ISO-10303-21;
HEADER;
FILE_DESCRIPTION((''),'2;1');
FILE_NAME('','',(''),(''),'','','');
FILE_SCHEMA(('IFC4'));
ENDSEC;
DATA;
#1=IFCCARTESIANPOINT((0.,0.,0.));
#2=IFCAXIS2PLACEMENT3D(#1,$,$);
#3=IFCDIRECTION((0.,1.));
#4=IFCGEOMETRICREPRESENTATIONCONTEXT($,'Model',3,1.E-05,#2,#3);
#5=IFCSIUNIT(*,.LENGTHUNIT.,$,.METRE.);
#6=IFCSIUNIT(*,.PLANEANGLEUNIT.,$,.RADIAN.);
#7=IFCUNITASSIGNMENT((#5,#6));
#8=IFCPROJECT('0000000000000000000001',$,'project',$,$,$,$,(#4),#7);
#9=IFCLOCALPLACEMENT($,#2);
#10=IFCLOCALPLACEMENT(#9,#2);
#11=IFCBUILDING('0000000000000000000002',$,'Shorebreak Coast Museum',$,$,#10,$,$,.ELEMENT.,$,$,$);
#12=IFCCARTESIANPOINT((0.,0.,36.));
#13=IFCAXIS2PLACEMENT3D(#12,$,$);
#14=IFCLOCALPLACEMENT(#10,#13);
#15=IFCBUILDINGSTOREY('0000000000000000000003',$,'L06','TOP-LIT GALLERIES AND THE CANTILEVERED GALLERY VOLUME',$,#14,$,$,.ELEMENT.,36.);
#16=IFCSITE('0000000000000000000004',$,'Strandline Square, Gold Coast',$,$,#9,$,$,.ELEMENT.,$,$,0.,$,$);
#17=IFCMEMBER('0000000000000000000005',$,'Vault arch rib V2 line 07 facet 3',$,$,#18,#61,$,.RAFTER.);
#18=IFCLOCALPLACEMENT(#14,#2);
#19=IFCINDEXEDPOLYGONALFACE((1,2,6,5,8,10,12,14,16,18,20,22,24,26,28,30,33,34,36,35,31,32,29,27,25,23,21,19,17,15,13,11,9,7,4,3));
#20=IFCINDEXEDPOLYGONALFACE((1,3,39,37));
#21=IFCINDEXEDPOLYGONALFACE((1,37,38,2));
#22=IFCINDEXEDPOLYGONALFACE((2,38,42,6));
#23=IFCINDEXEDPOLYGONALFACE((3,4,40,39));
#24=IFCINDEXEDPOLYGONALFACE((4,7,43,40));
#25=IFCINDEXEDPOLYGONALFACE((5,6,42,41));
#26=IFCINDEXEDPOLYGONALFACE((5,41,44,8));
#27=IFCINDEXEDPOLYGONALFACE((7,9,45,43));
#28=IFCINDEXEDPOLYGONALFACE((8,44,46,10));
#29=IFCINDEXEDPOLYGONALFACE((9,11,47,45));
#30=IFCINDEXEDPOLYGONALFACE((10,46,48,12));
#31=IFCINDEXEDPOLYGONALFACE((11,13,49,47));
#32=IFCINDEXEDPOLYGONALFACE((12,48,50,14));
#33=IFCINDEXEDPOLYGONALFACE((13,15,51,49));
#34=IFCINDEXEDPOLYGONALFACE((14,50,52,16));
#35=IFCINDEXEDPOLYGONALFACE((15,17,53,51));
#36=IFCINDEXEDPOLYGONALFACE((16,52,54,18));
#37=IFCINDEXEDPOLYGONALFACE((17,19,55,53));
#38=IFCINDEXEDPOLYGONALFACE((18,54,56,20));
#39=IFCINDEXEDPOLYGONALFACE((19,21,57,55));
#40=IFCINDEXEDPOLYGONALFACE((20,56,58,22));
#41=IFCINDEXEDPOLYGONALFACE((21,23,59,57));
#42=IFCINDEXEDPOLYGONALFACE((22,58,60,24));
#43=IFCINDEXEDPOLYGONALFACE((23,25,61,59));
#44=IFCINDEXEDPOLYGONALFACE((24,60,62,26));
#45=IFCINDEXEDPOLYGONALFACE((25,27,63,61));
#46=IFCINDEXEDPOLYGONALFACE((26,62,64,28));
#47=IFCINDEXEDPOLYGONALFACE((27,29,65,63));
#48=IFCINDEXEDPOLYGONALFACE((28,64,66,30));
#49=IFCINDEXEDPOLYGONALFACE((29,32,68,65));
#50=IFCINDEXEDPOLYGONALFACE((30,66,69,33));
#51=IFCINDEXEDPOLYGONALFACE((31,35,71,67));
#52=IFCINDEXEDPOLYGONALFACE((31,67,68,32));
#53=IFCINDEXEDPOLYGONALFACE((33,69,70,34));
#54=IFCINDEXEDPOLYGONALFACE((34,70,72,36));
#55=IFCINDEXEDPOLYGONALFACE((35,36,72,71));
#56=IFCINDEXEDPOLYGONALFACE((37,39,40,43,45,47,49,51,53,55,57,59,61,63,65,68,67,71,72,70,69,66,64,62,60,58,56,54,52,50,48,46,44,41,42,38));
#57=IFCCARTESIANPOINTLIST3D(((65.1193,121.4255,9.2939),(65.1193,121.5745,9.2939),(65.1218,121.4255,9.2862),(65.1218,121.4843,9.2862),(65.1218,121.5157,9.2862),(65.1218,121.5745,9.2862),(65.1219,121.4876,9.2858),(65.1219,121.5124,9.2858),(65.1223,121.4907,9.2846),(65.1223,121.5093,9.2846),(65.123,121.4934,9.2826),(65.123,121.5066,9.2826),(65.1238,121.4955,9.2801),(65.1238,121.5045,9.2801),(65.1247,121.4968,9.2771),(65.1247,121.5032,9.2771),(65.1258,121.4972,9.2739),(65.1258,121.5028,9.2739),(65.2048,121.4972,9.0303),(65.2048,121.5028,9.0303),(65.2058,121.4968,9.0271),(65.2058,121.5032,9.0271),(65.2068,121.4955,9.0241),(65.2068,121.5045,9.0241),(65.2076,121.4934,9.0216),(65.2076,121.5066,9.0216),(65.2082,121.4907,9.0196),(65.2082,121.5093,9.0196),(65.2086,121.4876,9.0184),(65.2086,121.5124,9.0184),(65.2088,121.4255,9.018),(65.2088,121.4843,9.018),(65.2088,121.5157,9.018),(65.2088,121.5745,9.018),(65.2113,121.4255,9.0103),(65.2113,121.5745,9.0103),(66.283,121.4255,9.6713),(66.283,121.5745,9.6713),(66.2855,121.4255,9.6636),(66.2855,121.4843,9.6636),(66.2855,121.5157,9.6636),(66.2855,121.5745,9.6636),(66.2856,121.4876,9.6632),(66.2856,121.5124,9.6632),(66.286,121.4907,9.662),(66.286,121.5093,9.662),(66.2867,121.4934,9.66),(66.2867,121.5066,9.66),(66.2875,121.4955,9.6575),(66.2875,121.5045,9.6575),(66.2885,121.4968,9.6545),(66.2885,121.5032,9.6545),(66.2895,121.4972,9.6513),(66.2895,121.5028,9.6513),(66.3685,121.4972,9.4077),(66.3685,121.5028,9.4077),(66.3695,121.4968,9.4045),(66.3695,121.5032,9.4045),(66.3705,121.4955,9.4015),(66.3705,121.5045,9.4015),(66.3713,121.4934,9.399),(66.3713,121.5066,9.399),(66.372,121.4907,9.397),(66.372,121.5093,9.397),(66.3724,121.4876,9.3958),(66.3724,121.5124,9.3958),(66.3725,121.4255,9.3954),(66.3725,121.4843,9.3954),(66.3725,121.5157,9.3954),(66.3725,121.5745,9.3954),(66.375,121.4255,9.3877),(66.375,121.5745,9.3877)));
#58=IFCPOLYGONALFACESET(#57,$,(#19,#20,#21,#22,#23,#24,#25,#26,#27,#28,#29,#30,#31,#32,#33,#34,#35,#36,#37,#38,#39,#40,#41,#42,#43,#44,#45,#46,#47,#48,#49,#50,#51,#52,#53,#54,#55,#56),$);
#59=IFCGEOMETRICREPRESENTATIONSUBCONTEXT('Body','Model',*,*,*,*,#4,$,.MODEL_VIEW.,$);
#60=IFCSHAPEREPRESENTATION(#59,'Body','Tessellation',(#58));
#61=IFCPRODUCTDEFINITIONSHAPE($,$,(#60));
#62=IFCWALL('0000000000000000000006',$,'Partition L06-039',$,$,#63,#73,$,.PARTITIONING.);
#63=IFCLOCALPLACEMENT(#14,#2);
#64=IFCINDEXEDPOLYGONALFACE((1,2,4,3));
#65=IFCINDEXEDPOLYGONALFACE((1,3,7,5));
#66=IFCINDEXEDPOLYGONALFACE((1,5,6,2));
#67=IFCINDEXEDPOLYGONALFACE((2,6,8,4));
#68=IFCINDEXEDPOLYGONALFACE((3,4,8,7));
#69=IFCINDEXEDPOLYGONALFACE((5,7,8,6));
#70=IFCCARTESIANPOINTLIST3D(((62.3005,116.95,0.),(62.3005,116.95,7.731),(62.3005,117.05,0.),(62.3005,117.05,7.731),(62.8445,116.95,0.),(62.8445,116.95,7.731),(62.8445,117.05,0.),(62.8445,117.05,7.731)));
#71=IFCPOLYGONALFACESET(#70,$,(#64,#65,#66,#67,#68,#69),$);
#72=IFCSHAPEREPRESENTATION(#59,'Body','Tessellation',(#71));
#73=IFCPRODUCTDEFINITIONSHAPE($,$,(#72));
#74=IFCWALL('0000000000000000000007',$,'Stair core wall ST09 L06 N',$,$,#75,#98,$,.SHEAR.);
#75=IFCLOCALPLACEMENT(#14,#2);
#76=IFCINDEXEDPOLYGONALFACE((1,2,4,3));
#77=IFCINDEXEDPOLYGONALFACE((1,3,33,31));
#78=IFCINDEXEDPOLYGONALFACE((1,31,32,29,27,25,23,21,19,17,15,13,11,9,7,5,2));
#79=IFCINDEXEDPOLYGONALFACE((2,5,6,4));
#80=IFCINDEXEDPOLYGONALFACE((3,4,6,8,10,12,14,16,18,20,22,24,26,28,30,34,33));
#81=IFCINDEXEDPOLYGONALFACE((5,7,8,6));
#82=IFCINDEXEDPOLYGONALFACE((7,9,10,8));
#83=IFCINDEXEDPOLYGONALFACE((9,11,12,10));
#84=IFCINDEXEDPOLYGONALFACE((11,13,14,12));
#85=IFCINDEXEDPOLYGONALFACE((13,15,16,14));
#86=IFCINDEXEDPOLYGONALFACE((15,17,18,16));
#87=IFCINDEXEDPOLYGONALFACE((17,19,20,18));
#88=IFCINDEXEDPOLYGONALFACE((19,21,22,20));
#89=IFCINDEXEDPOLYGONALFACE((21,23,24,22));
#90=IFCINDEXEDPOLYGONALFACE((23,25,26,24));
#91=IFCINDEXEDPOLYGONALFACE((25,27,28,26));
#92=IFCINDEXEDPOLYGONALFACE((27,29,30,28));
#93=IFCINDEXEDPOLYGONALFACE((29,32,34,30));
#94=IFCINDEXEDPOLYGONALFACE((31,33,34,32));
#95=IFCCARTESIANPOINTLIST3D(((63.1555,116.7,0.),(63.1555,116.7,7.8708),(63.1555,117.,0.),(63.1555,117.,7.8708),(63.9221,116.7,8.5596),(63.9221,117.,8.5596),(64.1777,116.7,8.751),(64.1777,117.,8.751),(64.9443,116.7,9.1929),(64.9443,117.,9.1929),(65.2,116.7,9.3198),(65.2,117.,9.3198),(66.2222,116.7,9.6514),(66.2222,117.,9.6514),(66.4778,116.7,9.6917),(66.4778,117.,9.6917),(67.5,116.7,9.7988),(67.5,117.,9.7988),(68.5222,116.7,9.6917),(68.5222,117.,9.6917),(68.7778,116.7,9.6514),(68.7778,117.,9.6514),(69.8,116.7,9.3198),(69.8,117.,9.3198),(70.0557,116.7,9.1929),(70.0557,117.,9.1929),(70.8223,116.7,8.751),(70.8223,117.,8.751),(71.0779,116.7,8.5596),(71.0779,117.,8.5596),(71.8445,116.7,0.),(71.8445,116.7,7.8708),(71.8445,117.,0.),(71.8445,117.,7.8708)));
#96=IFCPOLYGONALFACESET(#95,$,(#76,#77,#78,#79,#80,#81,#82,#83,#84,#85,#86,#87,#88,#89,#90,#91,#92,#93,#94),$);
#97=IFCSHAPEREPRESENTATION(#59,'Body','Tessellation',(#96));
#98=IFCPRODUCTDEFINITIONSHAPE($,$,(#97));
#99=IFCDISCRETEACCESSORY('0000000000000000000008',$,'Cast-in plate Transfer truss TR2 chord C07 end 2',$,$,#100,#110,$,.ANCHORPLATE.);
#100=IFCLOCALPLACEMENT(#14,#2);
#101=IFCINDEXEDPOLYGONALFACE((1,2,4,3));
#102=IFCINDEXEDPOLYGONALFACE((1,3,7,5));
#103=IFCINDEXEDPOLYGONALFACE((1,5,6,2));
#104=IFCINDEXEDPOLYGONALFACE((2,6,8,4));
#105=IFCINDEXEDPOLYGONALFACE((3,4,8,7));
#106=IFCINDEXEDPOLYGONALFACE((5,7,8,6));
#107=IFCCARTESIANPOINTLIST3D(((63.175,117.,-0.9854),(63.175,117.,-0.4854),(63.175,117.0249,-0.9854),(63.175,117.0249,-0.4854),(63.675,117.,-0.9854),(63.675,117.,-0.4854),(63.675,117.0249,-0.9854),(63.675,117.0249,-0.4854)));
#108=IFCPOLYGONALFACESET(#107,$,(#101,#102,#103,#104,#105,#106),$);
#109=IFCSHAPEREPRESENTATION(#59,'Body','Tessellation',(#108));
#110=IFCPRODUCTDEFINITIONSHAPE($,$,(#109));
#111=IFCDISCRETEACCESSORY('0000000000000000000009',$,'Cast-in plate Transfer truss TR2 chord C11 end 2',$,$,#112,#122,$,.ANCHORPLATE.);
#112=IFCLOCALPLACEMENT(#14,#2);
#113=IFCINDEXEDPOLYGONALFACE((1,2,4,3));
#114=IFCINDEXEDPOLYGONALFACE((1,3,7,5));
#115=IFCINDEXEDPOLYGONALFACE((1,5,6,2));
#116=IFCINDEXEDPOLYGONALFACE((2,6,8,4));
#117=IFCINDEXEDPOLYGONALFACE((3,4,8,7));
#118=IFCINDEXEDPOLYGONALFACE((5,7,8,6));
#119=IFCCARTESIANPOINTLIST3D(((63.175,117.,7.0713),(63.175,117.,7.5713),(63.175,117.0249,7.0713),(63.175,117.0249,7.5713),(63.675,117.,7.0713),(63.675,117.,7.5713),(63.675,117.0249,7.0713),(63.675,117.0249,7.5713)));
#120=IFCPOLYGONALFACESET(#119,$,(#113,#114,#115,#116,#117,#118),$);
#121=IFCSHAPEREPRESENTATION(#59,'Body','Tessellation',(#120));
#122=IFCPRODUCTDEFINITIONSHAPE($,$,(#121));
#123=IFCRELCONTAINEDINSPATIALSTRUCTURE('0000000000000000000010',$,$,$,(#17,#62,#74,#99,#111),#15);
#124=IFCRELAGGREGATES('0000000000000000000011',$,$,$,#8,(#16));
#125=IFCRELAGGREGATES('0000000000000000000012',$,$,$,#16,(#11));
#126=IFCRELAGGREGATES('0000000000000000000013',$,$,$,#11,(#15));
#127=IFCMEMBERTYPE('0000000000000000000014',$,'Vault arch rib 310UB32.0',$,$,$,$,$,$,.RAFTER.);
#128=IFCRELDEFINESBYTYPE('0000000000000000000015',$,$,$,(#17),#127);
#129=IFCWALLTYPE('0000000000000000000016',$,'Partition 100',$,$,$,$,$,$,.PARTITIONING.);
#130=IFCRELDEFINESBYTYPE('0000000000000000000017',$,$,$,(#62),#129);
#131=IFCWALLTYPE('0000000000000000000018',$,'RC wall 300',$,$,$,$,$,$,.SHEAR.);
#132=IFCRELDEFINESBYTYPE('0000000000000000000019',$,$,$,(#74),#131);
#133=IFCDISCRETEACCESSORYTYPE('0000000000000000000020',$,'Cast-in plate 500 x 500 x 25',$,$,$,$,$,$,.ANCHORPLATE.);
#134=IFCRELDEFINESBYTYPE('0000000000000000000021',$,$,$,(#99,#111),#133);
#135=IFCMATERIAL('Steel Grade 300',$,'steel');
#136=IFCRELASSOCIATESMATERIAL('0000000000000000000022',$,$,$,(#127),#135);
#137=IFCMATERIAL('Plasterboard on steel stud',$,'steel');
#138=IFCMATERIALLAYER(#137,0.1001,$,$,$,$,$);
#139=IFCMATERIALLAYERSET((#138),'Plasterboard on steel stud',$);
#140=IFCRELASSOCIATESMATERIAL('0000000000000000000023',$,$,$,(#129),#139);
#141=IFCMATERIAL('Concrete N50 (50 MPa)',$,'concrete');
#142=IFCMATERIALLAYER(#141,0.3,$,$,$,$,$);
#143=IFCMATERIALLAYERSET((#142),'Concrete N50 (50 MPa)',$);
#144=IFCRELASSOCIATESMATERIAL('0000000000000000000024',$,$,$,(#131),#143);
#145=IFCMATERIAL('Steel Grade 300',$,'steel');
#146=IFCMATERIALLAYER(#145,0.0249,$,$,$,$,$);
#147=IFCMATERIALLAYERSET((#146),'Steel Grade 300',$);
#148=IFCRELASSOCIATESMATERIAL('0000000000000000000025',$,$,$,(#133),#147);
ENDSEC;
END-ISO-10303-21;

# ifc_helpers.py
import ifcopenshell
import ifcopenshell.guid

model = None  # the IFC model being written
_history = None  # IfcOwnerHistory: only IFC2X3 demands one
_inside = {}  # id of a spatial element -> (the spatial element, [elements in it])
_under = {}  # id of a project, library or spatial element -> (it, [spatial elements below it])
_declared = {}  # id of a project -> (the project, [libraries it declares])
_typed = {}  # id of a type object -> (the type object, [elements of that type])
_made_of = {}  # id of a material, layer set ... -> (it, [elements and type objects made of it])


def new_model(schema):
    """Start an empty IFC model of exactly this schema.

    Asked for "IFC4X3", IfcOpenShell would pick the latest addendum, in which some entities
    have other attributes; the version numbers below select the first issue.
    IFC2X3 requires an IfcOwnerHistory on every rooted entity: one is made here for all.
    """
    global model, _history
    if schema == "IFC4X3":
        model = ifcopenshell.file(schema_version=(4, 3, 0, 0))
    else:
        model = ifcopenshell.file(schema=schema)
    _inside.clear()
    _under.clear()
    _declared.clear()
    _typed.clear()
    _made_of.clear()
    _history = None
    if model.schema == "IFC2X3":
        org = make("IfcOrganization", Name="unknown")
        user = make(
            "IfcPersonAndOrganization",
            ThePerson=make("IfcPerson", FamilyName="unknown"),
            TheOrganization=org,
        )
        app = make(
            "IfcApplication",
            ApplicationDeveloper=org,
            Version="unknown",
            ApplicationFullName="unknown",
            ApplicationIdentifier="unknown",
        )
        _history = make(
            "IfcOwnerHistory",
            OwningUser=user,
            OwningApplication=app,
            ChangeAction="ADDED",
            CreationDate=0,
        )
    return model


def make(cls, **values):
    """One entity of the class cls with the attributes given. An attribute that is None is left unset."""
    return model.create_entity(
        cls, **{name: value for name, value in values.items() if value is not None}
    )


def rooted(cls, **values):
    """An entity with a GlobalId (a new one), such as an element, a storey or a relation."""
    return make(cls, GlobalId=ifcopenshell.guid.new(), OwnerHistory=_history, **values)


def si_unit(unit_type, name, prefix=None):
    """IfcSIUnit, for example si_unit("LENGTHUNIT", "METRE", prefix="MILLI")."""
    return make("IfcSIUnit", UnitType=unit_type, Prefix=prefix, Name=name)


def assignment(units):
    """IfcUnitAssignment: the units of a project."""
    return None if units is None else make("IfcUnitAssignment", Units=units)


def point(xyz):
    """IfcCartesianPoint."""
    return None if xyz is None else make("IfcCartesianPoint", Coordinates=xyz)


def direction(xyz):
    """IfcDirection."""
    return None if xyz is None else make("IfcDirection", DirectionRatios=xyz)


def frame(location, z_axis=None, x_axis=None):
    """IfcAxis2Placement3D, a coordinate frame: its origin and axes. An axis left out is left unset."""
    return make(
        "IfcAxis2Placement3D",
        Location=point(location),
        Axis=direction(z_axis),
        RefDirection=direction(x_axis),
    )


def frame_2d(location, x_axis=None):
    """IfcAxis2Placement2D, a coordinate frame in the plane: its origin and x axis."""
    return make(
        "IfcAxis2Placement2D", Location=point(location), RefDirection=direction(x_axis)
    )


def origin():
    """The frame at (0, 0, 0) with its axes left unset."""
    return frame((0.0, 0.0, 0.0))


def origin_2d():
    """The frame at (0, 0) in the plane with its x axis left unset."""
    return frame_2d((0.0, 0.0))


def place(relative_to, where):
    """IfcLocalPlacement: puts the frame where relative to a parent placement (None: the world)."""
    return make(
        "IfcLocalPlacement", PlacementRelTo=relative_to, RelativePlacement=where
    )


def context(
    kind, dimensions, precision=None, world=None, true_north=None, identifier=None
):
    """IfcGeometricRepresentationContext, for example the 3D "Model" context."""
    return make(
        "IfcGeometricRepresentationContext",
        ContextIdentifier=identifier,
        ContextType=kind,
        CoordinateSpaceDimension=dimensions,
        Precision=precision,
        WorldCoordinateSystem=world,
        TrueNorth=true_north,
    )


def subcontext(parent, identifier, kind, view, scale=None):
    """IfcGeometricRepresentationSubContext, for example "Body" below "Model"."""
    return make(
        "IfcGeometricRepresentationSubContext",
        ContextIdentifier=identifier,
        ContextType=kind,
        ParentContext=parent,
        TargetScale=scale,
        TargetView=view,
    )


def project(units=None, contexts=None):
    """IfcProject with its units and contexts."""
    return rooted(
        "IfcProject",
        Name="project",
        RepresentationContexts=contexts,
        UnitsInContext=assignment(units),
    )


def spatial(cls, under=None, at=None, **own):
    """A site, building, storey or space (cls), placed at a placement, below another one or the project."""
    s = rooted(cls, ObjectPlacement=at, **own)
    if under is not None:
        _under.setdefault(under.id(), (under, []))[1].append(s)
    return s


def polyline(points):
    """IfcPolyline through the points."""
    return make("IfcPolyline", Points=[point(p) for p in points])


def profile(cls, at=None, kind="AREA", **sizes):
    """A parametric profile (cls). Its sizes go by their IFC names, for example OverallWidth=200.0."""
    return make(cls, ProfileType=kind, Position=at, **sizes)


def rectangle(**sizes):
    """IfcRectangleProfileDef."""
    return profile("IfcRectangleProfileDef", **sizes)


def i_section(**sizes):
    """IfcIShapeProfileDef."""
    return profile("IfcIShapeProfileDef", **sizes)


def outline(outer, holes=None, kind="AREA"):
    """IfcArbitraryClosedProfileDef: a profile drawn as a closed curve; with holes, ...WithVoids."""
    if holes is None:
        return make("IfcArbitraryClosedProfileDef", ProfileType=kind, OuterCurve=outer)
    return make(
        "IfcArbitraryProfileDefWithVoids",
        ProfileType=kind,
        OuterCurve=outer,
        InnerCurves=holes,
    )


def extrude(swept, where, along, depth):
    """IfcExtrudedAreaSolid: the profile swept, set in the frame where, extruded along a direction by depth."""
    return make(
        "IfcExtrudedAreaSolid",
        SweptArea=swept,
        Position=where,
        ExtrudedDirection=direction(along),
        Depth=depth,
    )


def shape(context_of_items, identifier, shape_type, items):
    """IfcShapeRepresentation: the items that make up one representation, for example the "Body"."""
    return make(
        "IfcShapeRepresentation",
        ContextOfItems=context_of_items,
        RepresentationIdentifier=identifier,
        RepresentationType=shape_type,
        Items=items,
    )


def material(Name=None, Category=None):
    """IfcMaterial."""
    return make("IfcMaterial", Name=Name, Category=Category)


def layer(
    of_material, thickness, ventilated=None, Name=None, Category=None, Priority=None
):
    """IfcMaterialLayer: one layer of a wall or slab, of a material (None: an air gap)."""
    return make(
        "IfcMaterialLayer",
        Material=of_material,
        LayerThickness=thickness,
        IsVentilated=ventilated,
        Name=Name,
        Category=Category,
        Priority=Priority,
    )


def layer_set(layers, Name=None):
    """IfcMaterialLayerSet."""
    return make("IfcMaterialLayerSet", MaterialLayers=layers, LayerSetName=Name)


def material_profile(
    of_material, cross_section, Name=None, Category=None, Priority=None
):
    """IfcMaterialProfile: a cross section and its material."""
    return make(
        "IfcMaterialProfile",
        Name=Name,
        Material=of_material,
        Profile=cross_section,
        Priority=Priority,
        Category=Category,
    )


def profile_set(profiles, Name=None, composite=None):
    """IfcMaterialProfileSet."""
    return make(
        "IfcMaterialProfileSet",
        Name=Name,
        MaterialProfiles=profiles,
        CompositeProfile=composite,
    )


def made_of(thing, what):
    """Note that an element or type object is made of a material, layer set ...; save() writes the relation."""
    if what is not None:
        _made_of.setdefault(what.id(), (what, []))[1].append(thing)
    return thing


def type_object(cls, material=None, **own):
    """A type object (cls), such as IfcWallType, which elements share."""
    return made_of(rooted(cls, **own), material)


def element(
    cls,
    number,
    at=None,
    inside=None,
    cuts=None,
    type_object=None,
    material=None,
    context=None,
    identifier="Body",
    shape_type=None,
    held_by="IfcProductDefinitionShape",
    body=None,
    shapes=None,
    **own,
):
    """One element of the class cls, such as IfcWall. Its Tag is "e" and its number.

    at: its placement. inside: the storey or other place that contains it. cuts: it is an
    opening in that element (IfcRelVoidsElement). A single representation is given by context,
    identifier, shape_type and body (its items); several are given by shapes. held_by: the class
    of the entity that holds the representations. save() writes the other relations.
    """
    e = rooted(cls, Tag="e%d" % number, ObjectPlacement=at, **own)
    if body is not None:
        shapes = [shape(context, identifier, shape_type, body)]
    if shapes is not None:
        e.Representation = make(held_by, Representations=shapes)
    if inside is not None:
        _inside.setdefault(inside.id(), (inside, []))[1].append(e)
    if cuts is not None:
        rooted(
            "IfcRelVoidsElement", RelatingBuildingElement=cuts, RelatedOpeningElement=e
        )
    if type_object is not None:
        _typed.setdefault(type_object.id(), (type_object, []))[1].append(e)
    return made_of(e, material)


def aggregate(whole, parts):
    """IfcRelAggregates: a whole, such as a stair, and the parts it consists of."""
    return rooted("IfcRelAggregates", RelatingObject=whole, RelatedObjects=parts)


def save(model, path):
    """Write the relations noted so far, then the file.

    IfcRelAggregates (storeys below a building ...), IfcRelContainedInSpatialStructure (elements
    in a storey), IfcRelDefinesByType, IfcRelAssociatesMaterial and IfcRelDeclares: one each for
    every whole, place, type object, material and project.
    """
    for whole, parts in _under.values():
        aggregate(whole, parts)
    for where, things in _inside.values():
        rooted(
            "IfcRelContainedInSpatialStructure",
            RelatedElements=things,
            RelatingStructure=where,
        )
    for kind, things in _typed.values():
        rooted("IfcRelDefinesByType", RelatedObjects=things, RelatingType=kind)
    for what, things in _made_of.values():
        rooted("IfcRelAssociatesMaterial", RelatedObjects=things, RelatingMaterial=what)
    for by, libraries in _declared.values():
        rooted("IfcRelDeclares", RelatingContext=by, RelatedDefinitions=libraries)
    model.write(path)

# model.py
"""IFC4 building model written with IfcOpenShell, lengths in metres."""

from ifc_helpers import new_model, si_unit, direction, frame, frame_2d, origin, origin_2d, place, context, subcontext, project, spatial, polyline, rectangle, i_section, outline, extrude, material, layer, layer_set, material_profile, profile_set, type_object, element, save


model = new_model("IFC4")

# Units and contexts
model_context = context("Model", 3, precision=1e-05, world=origin(), true_north=direction((0.0, 1.0)))
body_context = subcontext(model_context, "Body", "Model", "MODEL_VIEW")
ifc_project = project(units=[si_unit("LENGTHUNIT", "METRE"), si_unit("PLANEANGLEUNIT", "RADIAN")], contexts=[model_context])

# Site, building, storey
site_placement = place(None, origin())
site = spatial("IfcSite", under=ifc_project, at=site_placement, Name="Strandline Square, Gold Coast", CompositionType="ELEMENT", RefElevation=0.0)
building_placement = place(site_placement, origin())
building = spatial("IfcBuilding", under=site, at=building_placement, Name="Shorebreak Coast Museum", CompositionType="ELEMENT")
storey_placement = place(building_placement, frame((0.0, 0.0, 36.0)))
storey = spatial("IfcBuildingStorey", under=building, at=storey_placement, Name="L06", Description="TOP-LIT GALLERIES AND THE CANTILEVERED GALLERY VOLUME", CompositionType="ELEMENT", Elevation=36.0)

# Member
ifc_material_1 = material(Name="Steel Grade 300", Category="steel")
ifc_material_profile_1 = material_profile(ifc_material_1, i_section(OverallWidth=0.1489, OverallDepth=0.2981, WebThickness=0.0056, FlangeThickness=0.0081, FilletRadius=0.0129, at=origin_2d()), Name="310UB32.0")
ifc_profile_set_1 = profile_set([ifc_material_profile_1], Name="Steel Grade 300")
member_type_1 = type_object("IfcMemberType", Name="Vault arch rib 310UB32.0", PredefinedType="RAFTER", material=ifc_profile_set_1)
for number, where, z_axis, x_axis, name in (
    (1, (65.1653, 121.5, 9.1521), (0.951226, 0.0, 0.308495), (0.0, 1.0, 0.0), "Vault arch rib V2 line 07 facet 3"),
):
    element("IfcMember", number, at=place(storey_placement, frame(where, z_axis=z_axis, x_axis=x_axis)), inside=storey, type_object=member_type_1, Name=name, PredefinedType="RAFTER", context=body_context, shape_type="SweptSolid", body=[
        extrude(i_section(OverallWidth=0.1489, OverallDepth=0.2981, WebThickness=0.0056, FlangeThickness=0.0081, FilletRadius=0.0129, at=origin_2d()), origin(), (0.0, 0.0, 1.0), 1.2234),
    ])

# Walls
ifc_material_2 = material(Name="Plasterboard on steel stud", Category="steel")
ifc_layer_1 = layer(ifc_material_2, 0.1001)
ifc_layer_set_1 = layer_set([ifc_layer_1], Name="Plasterboard on steel stud")
wall_type_1 = type_object("IfcWallType", Name="Partition 100", PredefinedType="PARTITIONING", material=ifc_layer_set_1)
wall_1_placement = place(storey_placement, frame((62.3005, 117.0, 0.0), z_axis=(0.0, 0.0, 1.0), x_axis=(1.0, 0.0, 0.0)))
element("IfcWall", 2, at=wall_1_placement, inside=storey, type_object=wall_type_1, Name="Partition L06-039", PredefinedType="PARTITIONING", context=body_context, shape_type="SweptSolid", body=[
    extrude(rectangle(XDim=0.5439, YDim=0.1001, at=frame_2d((0.272, 0.0))), origin(), (0.0, 0.0, 1.0), 7.731),
])
ifc_material_3 = material(Name="Concrete N50 (50 MPa)", Category="concrete")
ifc_layer_2 = layer(ifc_material_3, 0.3)
ifc_layer_set_2 = layer_set([ifc_layer_2], Name="Concrete N50 (50 MPa)")
wall_type_2 = type_object("IfcWallType", Name="RC wall 300", PredefinedType="SHEAR", material=ifc_layer_set_2)
wall_2_placement = place(storey_placement, frame((63.1555, 116.8501, 0.0), z_axis=(0.0, 0.0, 1.0), x_axis=(1.0, 0.0, 0.0)))
element("IfcWall", 3, at=wall_2_placement, inside=storey, type_object=wall_type_2, Name="Stair core wall ST09 L06 N", PredefinedType="SHEAR", context=body_context, shape_type="SweptSolid", body=[
    extrude(outline(polyline([(0.0, 0.0), (8.689, 0.0), (8.689, 7.8708), (7.9224, 8.5596), (7.6667, 8.751), (6.9001, 9.1929), (6.6445, 9.3198), (5.6223, 9.6514), (5.3667, 9.6917), (4.3445, 9.7988), (3.3223, 9.6917), (3.0667, 9.6514), (2.0444, 9.3198), (1.7888, 9.1929), (1.0222, 8.751), (0.7666, 8.5596), (0.0, 7.8708), (0.0, 0.0)])), frame((0.0, 0.1499, 0.0), z_axis=(0.0, -1.0, 0.0), x_axis=(1.0, 0.0, 0.0)), (0.0, 0.0, 1.0), 0.3),
])

# Discrete accessories
ifc_material_4 = material(Name="Steel Grade 300", Category="steel")
ifc_layer_3 = layer(ifc_material_4, 0.0249)
ifc_layer_set_3 = layer_set([ifc_layer_3], Name="Steel Grade 300")
discrete_accessory_type = type_object("IfcDiscreteAccessoryType", Name="Cast-in plate 500 x 500 x 25", PredefinedType="ANCHORPLATE", material=ifc_layer_set_3)
for number, where, z_axis, x_axis, name in (
    (4, (63.175, 117.0, -0.9854), (0.0, -1.0, 0.0), (1.0, 0.0, 0.0), "Cast-in plate Transfer truss TR2 chord C07 end 2"),
    (5, (63.175, 117.0, 7.0713), (0.0, -1.0, 0.0), (1.0, 0.0, 0.0), "Cast-in plate Transfer truss TR2 chord C11 end 2"),
):
    element("IfcDiscreteAccessory", number, at=place(storey_placement, frame(where, z_axis=z_axis, x_axis=x_axis)), inside=storey, type_object=discrete_accessory_type, Name=name, PredefinedType="ANCHORPLATE", context=body_context, shape_type="SweptSolid", body=[
        extrude(outline(polyline([(0.0, 0.0), (0.5, 0.0), (0.5, 0.5), (0.0, 0.5), (0.0, 0.0)])), origin(), (0.0, 0.0, -1.0), 0.0249),
    ])

save(model, "model.ifc")
